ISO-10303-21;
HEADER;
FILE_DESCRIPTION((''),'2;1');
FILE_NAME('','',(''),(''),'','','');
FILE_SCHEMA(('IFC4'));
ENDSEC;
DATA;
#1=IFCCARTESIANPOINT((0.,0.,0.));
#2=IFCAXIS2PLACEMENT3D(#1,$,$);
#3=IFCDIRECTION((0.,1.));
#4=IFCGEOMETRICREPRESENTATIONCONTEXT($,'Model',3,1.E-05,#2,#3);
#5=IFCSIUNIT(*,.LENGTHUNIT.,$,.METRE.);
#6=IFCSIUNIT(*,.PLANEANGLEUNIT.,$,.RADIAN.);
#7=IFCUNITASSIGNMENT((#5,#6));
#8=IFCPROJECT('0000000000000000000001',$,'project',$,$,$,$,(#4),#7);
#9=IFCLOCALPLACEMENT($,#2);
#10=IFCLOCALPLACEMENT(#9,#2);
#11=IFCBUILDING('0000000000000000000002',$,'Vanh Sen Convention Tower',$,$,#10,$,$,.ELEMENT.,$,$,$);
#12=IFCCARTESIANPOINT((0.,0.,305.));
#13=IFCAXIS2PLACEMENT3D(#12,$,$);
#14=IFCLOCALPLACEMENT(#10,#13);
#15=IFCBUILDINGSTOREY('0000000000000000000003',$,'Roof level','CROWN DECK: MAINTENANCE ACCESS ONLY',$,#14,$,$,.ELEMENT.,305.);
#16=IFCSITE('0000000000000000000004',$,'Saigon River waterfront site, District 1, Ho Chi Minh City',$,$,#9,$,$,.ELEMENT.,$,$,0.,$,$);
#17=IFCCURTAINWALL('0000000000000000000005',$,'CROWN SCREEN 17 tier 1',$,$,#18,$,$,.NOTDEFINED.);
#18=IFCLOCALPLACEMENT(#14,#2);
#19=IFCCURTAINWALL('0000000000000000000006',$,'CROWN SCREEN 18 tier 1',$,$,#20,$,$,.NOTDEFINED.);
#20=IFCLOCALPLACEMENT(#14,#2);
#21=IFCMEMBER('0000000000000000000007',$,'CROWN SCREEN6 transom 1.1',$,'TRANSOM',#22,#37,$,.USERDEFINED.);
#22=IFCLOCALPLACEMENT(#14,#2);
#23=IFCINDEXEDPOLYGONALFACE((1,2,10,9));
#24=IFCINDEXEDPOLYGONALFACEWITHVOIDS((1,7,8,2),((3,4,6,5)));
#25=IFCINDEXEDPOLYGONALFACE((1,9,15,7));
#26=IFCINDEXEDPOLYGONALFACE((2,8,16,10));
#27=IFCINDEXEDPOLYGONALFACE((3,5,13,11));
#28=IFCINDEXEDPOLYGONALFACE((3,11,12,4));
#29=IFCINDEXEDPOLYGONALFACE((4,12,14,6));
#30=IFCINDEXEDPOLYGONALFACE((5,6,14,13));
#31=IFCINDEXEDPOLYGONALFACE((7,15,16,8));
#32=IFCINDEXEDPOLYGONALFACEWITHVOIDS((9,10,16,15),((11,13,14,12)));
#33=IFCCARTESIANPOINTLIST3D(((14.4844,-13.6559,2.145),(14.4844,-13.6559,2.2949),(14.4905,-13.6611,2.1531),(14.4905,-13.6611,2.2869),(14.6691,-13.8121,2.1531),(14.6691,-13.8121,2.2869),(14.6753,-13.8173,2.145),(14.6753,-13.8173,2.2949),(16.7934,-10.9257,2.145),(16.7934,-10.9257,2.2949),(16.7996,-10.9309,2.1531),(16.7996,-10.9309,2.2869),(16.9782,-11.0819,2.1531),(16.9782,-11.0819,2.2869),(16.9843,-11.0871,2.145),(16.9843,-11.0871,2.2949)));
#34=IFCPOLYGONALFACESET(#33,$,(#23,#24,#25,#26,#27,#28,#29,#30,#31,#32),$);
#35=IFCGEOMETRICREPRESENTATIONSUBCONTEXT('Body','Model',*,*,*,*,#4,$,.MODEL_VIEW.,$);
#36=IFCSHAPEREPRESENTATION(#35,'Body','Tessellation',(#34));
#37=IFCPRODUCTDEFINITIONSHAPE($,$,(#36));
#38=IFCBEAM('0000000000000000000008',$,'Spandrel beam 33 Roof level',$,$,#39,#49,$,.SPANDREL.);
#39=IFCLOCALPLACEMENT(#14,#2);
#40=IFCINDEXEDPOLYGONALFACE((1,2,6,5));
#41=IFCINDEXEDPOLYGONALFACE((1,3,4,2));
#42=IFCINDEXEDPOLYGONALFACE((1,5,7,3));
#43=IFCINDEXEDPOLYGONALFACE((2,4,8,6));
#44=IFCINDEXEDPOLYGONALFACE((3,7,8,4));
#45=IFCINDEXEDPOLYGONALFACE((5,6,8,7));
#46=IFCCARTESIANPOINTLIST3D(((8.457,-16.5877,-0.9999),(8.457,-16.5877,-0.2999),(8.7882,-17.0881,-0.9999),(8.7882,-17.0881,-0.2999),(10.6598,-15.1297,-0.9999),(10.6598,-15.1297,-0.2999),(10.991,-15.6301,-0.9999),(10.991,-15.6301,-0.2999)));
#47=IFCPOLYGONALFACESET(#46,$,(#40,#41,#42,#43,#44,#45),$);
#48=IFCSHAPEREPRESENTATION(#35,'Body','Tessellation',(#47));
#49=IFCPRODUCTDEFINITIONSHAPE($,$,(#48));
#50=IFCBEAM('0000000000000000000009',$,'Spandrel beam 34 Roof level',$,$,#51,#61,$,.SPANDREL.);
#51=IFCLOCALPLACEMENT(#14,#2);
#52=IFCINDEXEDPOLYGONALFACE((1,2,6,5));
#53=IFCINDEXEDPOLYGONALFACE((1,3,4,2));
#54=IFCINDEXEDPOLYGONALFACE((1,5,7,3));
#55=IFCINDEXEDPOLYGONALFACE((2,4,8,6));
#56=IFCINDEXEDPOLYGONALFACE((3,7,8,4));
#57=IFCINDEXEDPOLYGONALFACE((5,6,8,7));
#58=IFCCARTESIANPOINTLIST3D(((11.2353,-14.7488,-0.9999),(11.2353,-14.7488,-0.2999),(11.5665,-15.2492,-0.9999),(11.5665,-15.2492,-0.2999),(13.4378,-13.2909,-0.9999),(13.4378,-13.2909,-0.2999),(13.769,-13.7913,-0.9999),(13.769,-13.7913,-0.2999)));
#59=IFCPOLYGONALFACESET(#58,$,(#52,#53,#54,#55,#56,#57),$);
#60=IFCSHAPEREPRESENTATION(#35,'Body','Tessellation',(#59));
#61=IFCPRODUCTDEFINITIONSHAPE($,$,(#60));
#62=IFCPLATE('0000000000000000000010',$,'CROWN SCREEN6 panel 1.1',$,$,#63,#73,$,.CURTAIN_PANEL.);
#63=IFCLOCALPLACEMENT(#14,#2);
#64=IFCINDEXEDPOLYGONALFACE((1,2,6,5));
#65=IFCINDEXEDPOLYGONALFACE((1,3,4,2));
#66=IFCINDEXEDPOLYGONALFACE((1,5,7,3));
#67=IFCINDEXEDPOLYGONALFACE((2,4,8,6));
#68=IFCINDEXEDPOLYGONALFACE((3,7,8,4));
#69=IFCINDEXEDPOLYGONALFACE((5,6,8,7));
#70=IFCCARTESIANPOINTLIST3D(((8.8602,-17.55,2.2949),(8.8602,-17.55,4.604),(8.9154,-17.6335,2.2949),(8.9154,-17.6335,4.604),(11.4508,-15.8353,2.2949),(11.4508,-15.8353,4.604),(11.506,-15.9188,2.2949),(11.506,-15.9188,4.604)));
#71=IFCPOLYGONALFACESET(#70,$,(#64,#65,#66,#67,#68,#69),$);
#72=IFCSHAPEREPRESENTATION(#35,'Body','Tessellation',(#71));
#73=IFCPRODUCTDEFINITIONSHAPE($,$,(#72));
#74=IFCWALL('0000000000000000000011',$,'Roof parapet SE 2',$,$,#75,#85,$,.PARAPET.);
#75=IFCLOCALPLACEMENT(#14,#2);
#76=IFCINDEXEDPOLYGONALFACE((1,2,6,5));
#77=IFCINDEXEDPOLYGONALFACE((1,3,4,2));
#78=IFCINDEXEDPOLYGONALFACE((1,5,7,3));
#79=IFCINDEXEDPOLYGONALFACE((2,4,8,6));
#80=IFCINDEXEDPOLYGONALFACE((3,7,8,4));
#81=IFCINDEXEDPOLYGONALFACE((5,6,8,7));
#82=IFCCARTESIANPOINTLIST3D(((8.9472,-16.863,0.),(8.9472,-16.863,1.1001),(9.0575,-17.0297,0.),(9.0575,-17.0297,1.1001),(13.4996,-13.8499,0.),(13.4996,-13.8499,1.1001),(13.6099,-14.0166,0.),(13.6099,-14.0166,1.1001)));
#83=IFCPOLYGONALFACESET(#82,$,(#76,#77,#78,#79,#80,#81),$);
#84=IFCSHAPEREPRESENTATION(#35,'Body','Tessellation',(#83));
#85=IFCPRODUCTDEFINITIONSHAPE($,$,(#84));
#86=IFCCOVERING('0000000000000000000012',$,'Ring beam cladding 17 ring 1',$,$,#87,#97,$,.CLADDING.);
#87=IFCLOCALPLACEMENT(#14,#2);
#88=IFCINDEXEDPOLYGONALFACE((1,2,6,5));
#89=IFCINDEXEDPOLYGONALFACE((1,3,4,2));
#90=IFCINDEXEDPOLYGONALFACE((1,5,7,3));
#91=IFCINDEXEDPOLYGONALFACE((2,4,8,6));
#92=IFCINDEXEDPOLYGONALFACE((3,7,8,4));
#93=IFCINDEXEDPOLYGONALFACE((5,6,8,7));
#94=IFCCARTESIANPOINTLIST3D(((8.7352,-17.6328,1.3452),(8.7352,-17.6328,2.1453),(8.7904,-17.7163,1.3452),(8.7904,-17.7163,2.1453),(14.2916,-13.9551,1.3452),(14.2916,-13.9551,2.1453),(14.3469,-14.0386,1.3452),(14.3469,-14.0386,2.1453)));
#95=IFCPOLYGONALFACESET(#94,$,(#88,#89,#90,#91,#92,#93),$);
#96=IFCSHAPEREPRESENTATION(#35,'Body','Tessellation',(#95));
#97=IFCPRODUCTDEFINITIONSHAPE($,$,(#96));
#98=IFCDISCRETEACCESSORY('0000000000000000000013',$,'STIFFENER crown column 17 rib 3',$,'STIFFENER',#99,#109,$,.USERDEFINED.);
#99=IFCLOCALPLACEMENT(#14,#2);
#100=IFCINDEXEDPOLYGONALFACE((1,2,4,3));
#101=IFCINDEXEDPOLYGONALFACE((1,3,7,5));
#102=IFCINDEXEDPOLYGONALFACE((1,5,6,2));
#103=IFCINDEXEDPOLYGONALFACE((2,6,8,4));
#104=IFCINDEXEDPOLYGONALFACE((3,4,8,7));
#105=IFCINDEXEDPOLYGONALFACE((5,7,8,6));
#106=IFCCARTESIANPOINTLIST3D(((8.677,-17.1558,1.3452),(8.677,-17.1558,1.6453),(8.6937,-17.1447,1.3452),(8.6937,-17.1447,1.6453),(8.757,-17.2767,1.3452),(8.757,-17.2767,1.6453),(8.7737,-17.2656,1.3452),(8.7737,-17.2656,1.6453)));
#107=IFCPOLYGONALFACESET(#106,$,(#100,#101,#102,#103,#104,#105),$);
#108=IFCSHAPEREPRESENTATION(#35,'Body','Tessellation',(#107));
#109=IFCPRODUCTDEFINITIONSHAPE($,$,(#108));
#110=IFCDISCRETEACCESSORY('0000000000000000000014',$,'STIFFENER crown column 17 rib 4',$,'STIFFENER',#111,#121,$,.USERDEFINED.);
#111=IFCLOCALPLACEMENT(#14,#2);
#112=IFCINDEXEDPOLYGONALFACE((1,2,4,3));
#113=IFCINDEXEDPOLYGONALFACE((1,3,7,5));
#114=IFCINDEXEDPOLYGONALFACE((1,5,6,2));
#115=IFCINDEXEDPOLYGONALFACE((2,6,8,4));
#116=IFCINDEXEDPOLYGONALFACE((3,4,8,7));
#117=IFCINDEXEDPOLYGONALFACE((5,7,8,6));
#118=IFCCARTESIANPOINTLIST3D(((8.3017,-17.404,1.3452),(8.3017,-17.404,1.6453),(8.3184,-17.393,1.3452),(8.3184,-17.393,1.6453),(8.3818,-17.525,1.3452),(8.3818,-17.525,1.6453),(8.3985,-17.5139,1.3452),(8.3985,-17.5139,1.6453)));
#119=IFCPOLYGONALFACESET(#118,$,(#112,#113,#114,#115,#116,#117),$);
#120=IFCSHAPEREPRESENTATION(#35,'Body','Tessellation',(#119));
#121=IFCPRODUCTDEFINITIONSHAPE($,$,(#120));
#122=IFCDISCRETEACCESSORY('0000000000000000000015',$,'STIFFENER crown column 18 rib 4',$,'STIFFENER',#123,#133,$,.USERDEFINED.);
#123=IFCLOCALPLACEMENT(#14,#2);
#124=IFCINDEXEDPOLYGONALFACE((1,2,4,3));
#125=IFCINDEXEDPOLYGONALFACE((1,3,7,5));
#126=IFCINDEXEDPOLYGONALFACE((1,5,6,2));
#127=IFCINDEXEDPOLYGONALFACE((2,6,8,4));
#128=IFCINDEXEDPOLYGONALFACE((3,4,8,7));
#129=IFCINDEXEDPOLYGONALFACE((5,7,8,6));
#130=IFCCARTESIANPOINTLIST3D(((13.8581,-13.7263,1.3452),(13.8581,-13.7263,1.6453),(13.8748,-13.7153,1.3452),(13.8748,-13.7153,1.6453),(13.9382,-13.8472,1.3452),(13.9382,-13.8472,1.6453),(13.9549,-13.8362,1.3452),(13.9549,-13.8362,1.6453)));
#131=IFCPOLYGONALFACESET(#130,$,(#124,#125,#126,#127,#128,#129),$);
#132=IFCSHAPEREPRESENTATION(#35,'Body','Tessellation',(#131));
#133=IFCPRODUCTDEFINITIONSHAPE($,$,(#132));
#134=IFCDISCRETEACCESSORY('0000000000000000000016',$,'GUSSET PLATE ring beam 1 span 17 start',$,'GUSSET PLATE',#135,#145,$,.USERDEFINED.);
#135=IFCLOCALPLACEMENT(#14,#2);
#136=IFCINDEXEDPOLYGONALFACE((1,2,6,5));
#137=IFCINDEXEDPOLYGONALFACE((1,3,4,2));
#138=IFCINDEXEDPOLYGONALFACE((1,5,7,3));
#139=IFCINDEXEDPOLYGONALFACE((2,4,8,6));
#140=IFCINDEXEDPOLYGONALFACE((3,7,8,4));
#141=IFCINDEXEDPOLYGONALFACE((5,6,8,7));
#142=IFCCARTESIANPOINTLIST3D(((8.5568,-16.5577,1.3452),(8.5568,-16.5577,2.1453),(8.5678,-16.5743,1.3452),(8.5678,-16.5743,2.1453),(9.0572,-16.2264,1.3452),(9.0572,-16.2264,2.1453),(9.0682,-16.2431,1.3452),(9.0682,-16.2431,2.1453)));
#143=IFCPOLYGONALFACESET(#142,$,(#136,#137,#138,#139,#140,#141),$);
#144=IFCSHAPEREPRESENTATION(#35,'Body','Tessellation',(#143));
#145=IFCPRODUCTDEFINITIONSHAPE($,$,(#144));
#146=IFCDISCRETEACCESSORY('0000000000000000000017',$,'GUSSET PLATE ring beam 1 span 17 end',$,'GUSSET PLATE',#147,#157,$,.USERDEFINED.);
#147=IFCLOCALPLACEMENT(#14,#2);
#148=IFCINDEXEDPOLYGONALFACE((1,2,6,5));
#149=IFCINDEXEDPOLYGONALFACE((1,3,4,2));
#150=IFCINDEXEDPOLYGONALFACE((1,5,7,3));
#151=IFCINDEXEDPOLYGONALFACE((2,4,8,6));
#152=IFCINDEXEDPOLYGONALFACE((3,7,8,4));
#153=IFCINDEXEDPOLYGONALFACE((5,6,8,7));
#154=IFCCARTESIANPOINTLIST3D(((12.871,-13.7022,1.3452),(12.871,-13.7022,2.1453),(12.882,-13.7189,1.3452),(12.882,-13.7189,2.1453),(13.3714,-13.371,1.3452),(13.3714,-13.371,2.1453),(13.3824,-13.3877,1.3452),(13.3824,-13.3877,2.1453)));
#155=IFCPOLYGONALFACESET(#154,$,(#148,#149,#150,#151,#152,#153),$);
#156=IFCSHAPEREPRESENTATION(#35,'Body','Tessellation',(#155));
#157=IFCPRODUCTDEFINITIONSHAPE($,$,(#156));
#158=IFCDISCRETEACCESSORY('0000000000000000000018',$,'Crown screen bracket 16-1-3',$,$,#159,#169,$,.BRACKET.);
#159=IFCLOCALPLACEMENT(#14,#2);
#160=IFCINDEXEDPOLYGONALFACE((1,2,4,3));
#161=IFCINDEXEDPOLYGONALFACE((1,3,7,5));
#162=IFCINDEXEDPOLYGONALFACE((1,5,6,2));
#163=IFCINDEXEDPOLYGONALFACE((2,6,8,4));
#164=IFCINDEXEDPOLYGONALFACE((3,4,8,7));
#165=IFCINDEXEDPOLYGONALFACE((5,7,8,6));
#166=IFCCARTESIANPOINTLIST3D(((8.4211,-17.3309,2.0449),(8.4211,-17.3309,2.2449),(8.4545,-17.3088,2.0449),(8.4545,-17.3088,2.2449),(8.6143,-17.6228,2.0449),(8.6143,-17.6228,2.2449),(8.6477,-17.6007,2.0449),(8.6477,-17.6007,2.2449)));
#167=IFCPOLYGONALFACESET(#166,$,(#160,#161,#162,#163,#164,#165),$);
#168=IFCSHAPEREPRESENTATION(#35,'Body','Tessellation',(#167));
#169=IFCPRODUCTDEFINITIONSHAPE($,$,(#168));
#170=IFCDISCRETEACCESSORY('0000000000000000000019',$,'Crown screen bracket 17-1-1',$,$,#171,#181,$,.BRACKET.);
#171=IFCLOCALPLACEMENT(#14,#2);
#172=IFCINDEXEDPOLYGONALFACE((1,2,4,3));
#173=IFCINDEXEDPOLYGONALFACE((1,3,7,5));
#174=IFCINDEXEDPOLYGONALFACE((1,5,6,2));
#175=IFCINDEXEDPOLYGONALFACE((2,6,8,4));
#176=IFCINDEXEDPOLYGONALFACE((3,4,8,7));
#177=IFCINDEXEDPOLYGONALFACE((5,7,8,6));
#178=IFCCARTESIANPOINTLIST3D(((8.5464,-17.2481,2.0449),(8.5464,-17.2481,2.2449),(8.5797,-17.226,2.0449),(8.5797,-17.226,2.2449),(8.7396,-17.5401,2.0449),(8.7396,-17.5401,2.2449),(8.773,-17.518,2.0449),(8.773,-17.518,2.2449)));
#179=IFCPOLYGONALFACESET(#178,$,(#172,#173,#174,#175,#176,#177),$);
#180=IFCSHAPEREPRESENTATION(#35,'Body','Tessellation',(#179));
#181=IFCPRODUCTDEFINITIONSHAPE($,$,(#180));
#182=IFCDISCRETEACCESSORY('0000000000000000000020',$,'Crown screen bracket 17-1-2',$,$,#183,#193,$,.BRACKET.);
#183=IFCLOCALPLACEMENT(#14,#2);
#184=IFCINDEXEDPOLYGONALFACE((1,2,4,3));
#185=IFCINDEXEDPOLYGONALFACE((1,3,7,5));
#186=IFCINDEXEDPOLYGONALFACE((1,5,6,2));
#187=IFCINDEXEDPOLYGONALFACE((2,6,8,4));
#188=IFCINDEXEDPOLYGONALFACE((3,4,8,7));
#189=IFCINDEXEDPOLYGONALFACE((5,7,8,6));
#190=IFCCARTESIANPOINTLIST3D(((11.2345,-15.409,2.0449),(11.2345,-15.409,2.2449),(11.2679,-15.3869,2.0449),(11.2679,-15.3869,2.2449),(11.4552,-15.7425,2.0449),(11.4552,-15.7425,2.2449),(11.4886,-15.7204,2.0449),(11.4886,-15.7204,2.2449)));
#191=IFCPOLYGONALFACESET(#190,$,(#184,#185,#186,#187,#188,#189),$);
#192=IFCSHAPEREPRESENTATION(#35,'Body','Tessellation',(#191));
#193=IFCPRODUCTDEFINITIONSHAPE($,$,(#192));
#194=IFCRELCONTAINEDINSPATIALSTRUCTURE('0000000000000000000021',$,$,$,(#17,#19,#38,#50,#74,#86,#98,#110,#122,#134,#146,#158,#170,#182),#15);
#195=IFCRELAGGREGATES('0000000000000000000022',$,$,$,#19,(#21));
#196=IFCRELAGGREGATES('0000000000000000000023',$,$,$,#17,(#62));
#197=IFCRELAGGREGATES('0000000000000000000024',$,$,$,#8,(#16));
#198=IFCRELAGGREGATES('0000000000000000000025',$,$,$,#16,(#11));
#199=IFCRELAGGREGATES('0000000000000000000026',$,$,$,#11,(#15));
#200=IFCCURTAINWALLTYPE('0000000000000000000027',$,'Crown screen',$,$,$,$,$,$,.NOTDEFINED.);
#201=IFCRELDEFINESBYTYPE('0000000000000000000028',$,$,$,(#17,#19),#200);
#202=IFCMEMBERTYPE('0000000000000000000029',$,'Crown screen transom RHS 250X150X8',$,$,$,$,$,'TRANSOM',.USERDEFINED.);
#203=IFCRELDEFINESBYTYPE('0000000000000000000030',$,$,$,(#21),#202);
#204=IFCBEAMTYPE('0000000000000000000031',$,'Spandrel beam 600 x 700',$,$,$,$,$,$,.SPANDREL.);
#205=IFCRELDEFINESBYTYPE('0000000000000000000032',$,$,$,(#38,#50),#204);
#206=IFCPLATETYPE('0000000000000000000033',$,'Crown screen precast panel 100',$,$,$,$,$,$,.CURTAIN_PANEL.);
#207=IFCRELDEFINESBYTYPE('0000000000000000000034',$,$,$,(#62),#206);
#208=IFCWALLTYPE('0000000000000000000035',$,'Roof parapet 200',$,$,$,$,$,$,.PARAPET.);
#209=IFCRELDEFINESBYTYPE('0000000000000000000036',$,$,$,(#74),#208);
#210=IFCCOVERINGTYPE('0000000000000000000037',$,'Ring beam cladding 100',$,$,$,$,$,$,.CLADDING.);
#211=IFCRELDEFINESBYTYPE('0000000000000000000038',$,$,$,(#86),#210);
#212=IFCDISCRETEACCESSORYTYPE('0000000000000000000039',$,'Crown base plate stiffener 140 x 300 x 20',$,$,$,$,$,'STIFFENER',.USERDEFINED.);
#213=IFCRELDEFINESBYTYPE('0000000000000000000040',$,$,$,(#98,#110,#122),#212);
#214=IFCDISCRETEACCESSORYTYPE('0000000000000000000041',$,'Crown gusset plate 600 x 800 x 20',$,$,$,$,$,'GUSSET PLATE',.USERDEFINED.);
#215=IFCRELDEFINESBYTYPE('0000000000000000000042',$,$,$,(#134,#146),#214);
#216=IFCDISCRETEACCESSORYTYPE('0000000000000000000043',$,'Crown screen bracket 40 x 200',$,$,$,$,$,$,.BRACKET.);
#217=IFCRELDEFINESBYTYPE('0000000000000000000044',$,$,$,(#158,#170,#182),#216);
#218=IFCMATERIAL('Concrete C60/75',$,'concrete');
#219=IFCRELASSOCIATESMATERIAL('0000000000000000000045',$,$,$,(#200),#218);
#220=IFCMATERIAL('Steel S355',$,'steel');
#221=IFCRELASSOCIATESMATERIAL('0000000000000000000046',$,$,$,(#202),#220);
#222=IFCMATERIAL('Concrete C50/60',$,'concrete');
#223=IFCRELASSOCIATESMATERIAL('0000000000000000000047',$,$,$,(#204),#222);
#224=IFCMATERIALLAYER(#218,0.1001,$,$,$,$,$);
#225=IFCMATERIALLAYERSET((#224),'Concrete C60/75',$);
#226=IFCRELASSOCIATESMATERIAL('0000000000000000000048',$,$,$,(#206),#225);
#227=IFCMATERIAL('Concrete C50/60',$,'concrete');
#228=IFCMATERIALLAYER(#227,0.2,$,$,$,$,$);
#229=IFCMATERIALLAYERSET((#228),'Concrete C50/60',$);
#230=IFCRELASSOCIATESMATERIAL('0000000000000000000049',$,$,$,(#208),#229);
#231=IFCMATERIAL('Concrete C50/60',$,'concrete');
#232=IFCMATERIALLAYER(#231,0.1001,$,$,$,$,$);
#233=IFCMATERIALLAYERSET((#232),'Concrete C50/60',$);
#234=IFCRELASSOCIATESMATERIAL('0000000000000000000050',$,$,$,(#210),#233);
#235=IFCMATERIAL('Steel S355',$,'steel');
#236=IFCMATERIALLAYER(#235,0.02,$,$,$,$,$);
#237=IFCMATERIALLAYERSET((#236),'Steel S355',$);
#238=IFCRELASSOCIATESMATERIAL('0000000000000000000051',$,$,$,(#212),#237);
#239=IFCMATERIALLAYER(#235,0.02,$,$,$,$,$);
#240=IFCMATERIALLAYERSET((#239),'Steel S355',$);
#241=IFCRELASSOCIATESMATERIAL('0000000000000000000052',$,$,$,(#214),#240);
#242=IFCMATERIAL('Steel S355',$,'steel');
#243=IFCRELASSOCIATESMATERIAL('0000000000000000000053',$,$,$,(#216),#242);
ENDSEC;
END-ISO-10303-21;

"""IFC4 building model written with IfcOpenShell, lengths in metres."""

from ifc_helpers import new_model, si_unit, direction, frame, frame_2d, origin, origin_2d, place, context, subcontext, project, spatial, rectangle, hollow_rectangle, extrude, material, layer, layer_set, material_profile, profile_set, type_object, element, aggregate, save


model = new_model("IFC4")

# Units and contexts
model_context = context("Model", 3, precision=1e-05, world=origin(), true_north=direction((0.0, 1.0)))
body_context = subcontext(model_context, "Body", "Model", "MODEL_VIEW")
ifc_project = project(units=[si_unit("LENGTHUNIT", "METRE"), si_unit("PLANEANGLEUNIT", "RADIAN")], contexts=[model_context])

# Site, building, storey
site_placement = place(None, origin())
site = spatial("IfcSite", under=ifc_project, at=site_placement, Name="Saigon River waterfront site, District 1, Ho Chi Minh City", CompositionType="ELEMENT", RefElevation=0.0)
building_placement = place(site_placement, origin())
building = spatial("IfcBuilding", under=site, at=building_placement, Name="Vanh Sen Convention Tower", CompositionType="ELEMENT")
storey_placement = place(building_placement, frame((0.0, 0.0, 305.0)))
storey = spatial("IfcBuildingStorey", under=building, at=storey_placement, Name="Roof level", Description="CROWN DECK: MAINTENANCE ACCESS ONLY", CompositionType="ELEMENT", Elevation=305.0)

# Shared definitions
ifc_material_1 = material(Name="Concrete C60/75", Category="concrete")
curtain_wall_type = type_object("IfcCurtainWallType", Name="Crown screen", PredefinedType="NOTDEFINED", material=ifc_material_1)
ifc_material_2 = material(Name="Steel S355", Category="steel")

# Curtain wall
curtain_wall_1_placement = place(storey_placement, origin())
curtain_wall_1 = element("IfcCurtainWall", 1, at=curtain_wall_1_placement, inside=storey, type_object=curtain_wall_type, Name="CROWN SCREEN 17 tier 1", PredefinedType="NOTDEFINED")

# Curtain wall
curtain_wall_2_placement = place(storey_placement, origin())
curtain_wall_2 = element("IfcCurtainWall", 2, at=curtain_wall_2_placement, inside=storey, type_object=curtain_wall_type, Name="CROWN SCREEN 18 tier 1", PredefinedType="NOTDEFINED")

# Member
ifc_material_profile_1 = material_profile(ifc_material_2, hollow_rectangle(XDim=0.25, YDim=0.1499, WallThickness=0.0081, at=origin_2d()), Name="RHS 250X150X8")
ifc_profile_set_1 = profile_set([ifc_material_profile_1], Name="Steel S355")
member_type_1 = type_object("IfcMemberType", Name="Crown screen transom RHS 250X150X8", ElementType="TRANSOM", PredefinedType="USERDEFINED", material=ifc_profile_set_1)
member_1_placement = place(storey_placement, frame((14.5798, -13.7366, 2.22), z_axis=(0.645762, 0.763539, 0.0), x_axis=(-0.763539, 0.645762, 0.0)))
member_1 = element("IfcMember", 3, at=member_1_placement, type_object=member_type_1, Name="CROWN SCREEN6 transom 1.1", ObjectType="TRANSOM", PredefinedType="USERDEFINED", context=body_context, shape_type="SweptSolid", body=[
    extrude(hollow_rectangle(XDim=0.25, YDim=0.1499, WallThickness=0.0081, at=origin_2d()), origin(), (0.0, 0.0, 1.0), 3.5757),
])
aggregate(curtain_wall_2, [member_1])

# Beams
ifc_material_3 = material(Name="Concrete C50/60", Category="concrete")
ifc_material_profile_2 = material_profile(ifc_material_3, rectangle(XDim=0.6001, YDim=0.7, at=origin_2d()), Name="RC 600X700")
ifc_profile_set_2 = profile_set([ifc_material_profile_2], Name="Concrete C50/60")
beam_type = type_object("IfcBeamType", Name="Spandrel beam 600 x 700", PredefinedType="SPANDREL", material=ifc_profile_set_2)
beam_1_placement = place(storey_placement, frame((8.6226, -16.8379, -0.6499), z_axis=(0.833894, 0.551925, 0.0), x_axis=(-0.551925, 0.833894, 0.0)))
element("IfcBeam", 4, at=beam_1_placement, inside=storey, type_object=beam_type, Name="Spandrel beam 33 Roof level", PredefinedType="SPANDREL", context=body_context, shape_type="SweptSolid", body=[
    extrude(rectangle(XDim=0.6001, YDim=0.7, at=origin_2d()), origin(), (0.0, 0.0, 1.0), 2.6416),
])
beam_2_placement = place(storey_placement, frame((11.4009, -14.999, -0.6499), z_axis=(0.833866, 0.551967, 0.0), x_axis=(-0.551967, 0.833866, 0.0)))
element("IfcBeam", 5, at=beam_2_placement, inside=storey, type_object=beam_type, Name="Spandrel beam 34 Roof level", PredefinedType="SPANDREL", context=body_context, shape_type="SweptSolid", body=[
    extrude(rectangle(XDim=0.6001, YDim=0.7, at=origin_2d()), origin(), (0.0, 0.0, 1.0), 2.6414),
])

# Plate
ifc_layer_1 = layer(ifc_material_1, 0.1001)
ifc_layer_set_1 = layer_set([ifc_layer_1], Name="Concrete C60/75")
plate_type = type_object("IfcPlateType", Name="Crown screen precast panel 100", PredefinedType="CURTAIN_PANEL", material=ifc_layer_set_1)
plate_placement = place(storey_placement, frame((10.1831, -16.7344, 2.2949), z_axis=(0.0, 0.0, 1.0), x_axis=(0.833886, 0.551937, 0.0)))
plate = element("IfcPlate", 6, at=plate_placement, type_object=plate_type, Name="CROWN SCREEN6 panel 1.1", PredefinedType="CURTAIN_PANEL", context=body_context, shape_type="SweptSolid", body=[
    extrude(rectangle(XDim=3.1067, YDim=0.1001, at=origin_2d()), origin(), (0.0, 0.0, 1.0), 2.3091),
])
aggregate(curtain_wall_1, [plate])

# Wall
ifc_material_4 = material(Name="Concrete C50/60", Category="concrete")
ifc_layer_2 = layer(ifc_material_4, 0.2)
ifc_layer_set_2 = layer_set([ifc_layer_2], Name="Concrete C50/60")
wall_type = type_object("IfcWallType", Name="Roof parapet 200", PredefinedType="PARAPET", material=ifc_layer_set_2)
wall_placement = place(storey_placement, frame((9.0024, -16.9463, 0.0), z_axis=(0.0, 0.0, 1.0), x_axis=(0.83389, 0.551931, 0.0)))
element("IfcWall", 7, at=wall_placement, inside=storey, type_object=wall_type, Name="Roof parapet SE 2", PredefinedType="PARAPET", context=body_context, shape_type="SweptSolid", body=[
    extrude(rectangle(XDim=5.4592, YDim=0.2, at=frame_2d((2.7295, 0.0))), origin(), (0.0, 0.0, 1.0), 1.1001),
])

# Covering
ifc_material_5 = material(Name="Concrete C50/60", Category="concrete")
ifc_layer_3 = layer(ifc_material_5, 0.1001)
ifc_layer_set_3 = layer_set([ifc_layer_3], Name="Concrete C50/60")
covering_type = type_object("IfcCoveringType", Name="Ring beam cladding 100", PredefinedType="CLADDING", material=ifc_layer_set_3)
covering_placement = place(storey_placement, frame((11.541, -15.8357, 1.3452), z_axis=(0.0, 0.0, 1.0), x_axis=(0.833886, 0.551937, 0.0)))
element("IfcCovering", 8, at=covering_placement, inside=storey, type_object=covering_type, Name="Ring beam cladding 17 ring 1", PredefinedType="CLADDING", context=body_context, shape_type="SweptSolid", body=[
    extrude(rectangle(XDim=6.6633, YDim=0.1001, at=origin_2d()), origin(), (0.0, 0.0, 1.0), 0.8),
])

# Discrete accessories
ifc_material_6 = material(Name="Steel S355", Category="steel")
ifc_layer_4 = layer(ifc_material_6, 0.02)
ifc_layer_set_4 = layer_set([ifc_layer_4], Name="Steel S355")
discrete_accessory_type_1 = type_object("IfcDiscreteAccessoryType", Name="Crown base plate stiffener 140 x 300 x 20", ElementType="STIFFENER", PredefinedType="USERDEFINED", material=ifc_layer_set_4)
for number, where, z_axis, x_axis, name in (
    (9, (8.7253, -17.2107, 1.3452), (0.0, 0.0, 1.0), (-0.551937, 0.833886, 0.0), "STIFFENER crown column 17 rib 3"),
    (10, (8.3501, -17.459, 1.3452), (0.0, 0.0, 1.0), (-0.551937, 0.833886, 0.0), "STIFFENER crown column 17 rib 4"),
    (11, (13.9065, -13.7812, 1.3452), (0.0, 0.0, 1.0), (-0.551937, 0.833886, 0.0), "STIFFENER crown column 18 rib 4"),
):
    element("IfcDiscreteAccessory", number, at=place(storey_placement, frame(where, z_axis=z_axis, x_axis=x_axis)), inside=storey, type_object=discrete_accessory_type_1, Name=name, ObjectType="STIFFENER", PredefinedType="USERDEFINED", context=body_context, shape_type="SweptSolid", body=[
        extrude(rectangle(XDim=0.145, YDim=0.02, at=origin_2d()), origin(), (0.0, 0.0, 1.0), 0.3),
    ])
ifc_layer_5 = layer(ifc_material_6, 0.02)
ifc_layer_set_5 = layer_set([ifc_layer_5], Name="Steel S355")
discrete_accessory_type_2 = type_object("IfcDiscreteAccessoryType", Name="Crown gusset plate 600 x 800 x 20", ElementType="GUSSET PLATE", PredefinedType="USERDEFINED", material=ifc_layer_set_5)
for number, where, z_axis, x_axis, name in (
    (12, (8.8125, -16.4004, 1.3452), (0.0, 0.0, 1.0), (0.833886, 0.551937, 0.0), "GUSSET PLATE ring beam 1 span 17 start"),
    (13, (13.1267, -13.5449, 1.3452), (0.0, 0.0, 1.0), (-0.833886, -0.551937, 0.0), "GUSSET PLATE ring beam 1 span 17 end"),
):
    element("IfcDiscreteAccessory", number, at=place(storey_placement, frame(where, z_axis=z_axis, x_axis=x_axis)), inside=storey, type_object=discrete_accessory_type_2, Name=name, ObjectType="GUSSET PLATE", PredefinedType="USERDEFINED", context=body_context, shape_type="SweptSolid", body=[
        extrude(rectangle(XDim=0.6001, YDim=0.02, at=origin_2d()), origin(), (0.0, 0.0, 1.0), 0.8),
    ])
ifc_material_7 = material(Name="Steel S355", Category="steel")
discrete_accessory_type_3 = type_object("IfcDiscreteAccessoryType", Name="Crown screen bracket 40 x 200", PredefinedType="BRACKET", material=ifc_material_7)
for number, where, z_axis, x_axis, name in (
    (14, (8.5344, -17.4658, 2.0449), (0.0, 0.0, 1.0), (0.55193, -0.833891, 0.0), "Crown screen bracket 16-1-3"),
    (15, (8.6597, -17.3831, 2.0449), (0.0, 0.0, 1.0), (0.551937, -0.833886, 0.0), "Crown screen bracket 17-1-1"),
):
    element("IfcDiscreteAccessory", number, at=place(storey_placement, frame(where, z_axis=z_axis, x_axis=x_axis)), inside=storey, type_object=discrete_accessory_type_3, Name=name, PredefinedType="BRACKET", context=body_context, shape_type="SweptSolid", body=[
        extrude(rectangle(XDim=0.3501, YDim=0.04, at=origin_2d()), origin(), (0.0, 0.0, 1.0), 0.2),
    ])
discrete_accessory_placement = place(storey_placement, frame((11.3616, -15.5647, 2.0449), z_axis=(0.0, 0.0, 1.0), x_axis=(0.551937, -0.833886, 0.0)))
element("IfcDiscreteAccessory", 16, at=discrete_accessory_placement, inside=storey, type_object=discrete_accessory_type_3, Name="Crown screen bracket 17-1-2", PredefinedType="BRACKET", context=body_context, shape_type="SweptSolid", body=[
    extrude(rectangle(XDim=0.3999, YDim=0.04, at=origin_2d()), origin(), (0.0, 0.0, 1.0), 0.2),
])

save(model, "model.ifc")
